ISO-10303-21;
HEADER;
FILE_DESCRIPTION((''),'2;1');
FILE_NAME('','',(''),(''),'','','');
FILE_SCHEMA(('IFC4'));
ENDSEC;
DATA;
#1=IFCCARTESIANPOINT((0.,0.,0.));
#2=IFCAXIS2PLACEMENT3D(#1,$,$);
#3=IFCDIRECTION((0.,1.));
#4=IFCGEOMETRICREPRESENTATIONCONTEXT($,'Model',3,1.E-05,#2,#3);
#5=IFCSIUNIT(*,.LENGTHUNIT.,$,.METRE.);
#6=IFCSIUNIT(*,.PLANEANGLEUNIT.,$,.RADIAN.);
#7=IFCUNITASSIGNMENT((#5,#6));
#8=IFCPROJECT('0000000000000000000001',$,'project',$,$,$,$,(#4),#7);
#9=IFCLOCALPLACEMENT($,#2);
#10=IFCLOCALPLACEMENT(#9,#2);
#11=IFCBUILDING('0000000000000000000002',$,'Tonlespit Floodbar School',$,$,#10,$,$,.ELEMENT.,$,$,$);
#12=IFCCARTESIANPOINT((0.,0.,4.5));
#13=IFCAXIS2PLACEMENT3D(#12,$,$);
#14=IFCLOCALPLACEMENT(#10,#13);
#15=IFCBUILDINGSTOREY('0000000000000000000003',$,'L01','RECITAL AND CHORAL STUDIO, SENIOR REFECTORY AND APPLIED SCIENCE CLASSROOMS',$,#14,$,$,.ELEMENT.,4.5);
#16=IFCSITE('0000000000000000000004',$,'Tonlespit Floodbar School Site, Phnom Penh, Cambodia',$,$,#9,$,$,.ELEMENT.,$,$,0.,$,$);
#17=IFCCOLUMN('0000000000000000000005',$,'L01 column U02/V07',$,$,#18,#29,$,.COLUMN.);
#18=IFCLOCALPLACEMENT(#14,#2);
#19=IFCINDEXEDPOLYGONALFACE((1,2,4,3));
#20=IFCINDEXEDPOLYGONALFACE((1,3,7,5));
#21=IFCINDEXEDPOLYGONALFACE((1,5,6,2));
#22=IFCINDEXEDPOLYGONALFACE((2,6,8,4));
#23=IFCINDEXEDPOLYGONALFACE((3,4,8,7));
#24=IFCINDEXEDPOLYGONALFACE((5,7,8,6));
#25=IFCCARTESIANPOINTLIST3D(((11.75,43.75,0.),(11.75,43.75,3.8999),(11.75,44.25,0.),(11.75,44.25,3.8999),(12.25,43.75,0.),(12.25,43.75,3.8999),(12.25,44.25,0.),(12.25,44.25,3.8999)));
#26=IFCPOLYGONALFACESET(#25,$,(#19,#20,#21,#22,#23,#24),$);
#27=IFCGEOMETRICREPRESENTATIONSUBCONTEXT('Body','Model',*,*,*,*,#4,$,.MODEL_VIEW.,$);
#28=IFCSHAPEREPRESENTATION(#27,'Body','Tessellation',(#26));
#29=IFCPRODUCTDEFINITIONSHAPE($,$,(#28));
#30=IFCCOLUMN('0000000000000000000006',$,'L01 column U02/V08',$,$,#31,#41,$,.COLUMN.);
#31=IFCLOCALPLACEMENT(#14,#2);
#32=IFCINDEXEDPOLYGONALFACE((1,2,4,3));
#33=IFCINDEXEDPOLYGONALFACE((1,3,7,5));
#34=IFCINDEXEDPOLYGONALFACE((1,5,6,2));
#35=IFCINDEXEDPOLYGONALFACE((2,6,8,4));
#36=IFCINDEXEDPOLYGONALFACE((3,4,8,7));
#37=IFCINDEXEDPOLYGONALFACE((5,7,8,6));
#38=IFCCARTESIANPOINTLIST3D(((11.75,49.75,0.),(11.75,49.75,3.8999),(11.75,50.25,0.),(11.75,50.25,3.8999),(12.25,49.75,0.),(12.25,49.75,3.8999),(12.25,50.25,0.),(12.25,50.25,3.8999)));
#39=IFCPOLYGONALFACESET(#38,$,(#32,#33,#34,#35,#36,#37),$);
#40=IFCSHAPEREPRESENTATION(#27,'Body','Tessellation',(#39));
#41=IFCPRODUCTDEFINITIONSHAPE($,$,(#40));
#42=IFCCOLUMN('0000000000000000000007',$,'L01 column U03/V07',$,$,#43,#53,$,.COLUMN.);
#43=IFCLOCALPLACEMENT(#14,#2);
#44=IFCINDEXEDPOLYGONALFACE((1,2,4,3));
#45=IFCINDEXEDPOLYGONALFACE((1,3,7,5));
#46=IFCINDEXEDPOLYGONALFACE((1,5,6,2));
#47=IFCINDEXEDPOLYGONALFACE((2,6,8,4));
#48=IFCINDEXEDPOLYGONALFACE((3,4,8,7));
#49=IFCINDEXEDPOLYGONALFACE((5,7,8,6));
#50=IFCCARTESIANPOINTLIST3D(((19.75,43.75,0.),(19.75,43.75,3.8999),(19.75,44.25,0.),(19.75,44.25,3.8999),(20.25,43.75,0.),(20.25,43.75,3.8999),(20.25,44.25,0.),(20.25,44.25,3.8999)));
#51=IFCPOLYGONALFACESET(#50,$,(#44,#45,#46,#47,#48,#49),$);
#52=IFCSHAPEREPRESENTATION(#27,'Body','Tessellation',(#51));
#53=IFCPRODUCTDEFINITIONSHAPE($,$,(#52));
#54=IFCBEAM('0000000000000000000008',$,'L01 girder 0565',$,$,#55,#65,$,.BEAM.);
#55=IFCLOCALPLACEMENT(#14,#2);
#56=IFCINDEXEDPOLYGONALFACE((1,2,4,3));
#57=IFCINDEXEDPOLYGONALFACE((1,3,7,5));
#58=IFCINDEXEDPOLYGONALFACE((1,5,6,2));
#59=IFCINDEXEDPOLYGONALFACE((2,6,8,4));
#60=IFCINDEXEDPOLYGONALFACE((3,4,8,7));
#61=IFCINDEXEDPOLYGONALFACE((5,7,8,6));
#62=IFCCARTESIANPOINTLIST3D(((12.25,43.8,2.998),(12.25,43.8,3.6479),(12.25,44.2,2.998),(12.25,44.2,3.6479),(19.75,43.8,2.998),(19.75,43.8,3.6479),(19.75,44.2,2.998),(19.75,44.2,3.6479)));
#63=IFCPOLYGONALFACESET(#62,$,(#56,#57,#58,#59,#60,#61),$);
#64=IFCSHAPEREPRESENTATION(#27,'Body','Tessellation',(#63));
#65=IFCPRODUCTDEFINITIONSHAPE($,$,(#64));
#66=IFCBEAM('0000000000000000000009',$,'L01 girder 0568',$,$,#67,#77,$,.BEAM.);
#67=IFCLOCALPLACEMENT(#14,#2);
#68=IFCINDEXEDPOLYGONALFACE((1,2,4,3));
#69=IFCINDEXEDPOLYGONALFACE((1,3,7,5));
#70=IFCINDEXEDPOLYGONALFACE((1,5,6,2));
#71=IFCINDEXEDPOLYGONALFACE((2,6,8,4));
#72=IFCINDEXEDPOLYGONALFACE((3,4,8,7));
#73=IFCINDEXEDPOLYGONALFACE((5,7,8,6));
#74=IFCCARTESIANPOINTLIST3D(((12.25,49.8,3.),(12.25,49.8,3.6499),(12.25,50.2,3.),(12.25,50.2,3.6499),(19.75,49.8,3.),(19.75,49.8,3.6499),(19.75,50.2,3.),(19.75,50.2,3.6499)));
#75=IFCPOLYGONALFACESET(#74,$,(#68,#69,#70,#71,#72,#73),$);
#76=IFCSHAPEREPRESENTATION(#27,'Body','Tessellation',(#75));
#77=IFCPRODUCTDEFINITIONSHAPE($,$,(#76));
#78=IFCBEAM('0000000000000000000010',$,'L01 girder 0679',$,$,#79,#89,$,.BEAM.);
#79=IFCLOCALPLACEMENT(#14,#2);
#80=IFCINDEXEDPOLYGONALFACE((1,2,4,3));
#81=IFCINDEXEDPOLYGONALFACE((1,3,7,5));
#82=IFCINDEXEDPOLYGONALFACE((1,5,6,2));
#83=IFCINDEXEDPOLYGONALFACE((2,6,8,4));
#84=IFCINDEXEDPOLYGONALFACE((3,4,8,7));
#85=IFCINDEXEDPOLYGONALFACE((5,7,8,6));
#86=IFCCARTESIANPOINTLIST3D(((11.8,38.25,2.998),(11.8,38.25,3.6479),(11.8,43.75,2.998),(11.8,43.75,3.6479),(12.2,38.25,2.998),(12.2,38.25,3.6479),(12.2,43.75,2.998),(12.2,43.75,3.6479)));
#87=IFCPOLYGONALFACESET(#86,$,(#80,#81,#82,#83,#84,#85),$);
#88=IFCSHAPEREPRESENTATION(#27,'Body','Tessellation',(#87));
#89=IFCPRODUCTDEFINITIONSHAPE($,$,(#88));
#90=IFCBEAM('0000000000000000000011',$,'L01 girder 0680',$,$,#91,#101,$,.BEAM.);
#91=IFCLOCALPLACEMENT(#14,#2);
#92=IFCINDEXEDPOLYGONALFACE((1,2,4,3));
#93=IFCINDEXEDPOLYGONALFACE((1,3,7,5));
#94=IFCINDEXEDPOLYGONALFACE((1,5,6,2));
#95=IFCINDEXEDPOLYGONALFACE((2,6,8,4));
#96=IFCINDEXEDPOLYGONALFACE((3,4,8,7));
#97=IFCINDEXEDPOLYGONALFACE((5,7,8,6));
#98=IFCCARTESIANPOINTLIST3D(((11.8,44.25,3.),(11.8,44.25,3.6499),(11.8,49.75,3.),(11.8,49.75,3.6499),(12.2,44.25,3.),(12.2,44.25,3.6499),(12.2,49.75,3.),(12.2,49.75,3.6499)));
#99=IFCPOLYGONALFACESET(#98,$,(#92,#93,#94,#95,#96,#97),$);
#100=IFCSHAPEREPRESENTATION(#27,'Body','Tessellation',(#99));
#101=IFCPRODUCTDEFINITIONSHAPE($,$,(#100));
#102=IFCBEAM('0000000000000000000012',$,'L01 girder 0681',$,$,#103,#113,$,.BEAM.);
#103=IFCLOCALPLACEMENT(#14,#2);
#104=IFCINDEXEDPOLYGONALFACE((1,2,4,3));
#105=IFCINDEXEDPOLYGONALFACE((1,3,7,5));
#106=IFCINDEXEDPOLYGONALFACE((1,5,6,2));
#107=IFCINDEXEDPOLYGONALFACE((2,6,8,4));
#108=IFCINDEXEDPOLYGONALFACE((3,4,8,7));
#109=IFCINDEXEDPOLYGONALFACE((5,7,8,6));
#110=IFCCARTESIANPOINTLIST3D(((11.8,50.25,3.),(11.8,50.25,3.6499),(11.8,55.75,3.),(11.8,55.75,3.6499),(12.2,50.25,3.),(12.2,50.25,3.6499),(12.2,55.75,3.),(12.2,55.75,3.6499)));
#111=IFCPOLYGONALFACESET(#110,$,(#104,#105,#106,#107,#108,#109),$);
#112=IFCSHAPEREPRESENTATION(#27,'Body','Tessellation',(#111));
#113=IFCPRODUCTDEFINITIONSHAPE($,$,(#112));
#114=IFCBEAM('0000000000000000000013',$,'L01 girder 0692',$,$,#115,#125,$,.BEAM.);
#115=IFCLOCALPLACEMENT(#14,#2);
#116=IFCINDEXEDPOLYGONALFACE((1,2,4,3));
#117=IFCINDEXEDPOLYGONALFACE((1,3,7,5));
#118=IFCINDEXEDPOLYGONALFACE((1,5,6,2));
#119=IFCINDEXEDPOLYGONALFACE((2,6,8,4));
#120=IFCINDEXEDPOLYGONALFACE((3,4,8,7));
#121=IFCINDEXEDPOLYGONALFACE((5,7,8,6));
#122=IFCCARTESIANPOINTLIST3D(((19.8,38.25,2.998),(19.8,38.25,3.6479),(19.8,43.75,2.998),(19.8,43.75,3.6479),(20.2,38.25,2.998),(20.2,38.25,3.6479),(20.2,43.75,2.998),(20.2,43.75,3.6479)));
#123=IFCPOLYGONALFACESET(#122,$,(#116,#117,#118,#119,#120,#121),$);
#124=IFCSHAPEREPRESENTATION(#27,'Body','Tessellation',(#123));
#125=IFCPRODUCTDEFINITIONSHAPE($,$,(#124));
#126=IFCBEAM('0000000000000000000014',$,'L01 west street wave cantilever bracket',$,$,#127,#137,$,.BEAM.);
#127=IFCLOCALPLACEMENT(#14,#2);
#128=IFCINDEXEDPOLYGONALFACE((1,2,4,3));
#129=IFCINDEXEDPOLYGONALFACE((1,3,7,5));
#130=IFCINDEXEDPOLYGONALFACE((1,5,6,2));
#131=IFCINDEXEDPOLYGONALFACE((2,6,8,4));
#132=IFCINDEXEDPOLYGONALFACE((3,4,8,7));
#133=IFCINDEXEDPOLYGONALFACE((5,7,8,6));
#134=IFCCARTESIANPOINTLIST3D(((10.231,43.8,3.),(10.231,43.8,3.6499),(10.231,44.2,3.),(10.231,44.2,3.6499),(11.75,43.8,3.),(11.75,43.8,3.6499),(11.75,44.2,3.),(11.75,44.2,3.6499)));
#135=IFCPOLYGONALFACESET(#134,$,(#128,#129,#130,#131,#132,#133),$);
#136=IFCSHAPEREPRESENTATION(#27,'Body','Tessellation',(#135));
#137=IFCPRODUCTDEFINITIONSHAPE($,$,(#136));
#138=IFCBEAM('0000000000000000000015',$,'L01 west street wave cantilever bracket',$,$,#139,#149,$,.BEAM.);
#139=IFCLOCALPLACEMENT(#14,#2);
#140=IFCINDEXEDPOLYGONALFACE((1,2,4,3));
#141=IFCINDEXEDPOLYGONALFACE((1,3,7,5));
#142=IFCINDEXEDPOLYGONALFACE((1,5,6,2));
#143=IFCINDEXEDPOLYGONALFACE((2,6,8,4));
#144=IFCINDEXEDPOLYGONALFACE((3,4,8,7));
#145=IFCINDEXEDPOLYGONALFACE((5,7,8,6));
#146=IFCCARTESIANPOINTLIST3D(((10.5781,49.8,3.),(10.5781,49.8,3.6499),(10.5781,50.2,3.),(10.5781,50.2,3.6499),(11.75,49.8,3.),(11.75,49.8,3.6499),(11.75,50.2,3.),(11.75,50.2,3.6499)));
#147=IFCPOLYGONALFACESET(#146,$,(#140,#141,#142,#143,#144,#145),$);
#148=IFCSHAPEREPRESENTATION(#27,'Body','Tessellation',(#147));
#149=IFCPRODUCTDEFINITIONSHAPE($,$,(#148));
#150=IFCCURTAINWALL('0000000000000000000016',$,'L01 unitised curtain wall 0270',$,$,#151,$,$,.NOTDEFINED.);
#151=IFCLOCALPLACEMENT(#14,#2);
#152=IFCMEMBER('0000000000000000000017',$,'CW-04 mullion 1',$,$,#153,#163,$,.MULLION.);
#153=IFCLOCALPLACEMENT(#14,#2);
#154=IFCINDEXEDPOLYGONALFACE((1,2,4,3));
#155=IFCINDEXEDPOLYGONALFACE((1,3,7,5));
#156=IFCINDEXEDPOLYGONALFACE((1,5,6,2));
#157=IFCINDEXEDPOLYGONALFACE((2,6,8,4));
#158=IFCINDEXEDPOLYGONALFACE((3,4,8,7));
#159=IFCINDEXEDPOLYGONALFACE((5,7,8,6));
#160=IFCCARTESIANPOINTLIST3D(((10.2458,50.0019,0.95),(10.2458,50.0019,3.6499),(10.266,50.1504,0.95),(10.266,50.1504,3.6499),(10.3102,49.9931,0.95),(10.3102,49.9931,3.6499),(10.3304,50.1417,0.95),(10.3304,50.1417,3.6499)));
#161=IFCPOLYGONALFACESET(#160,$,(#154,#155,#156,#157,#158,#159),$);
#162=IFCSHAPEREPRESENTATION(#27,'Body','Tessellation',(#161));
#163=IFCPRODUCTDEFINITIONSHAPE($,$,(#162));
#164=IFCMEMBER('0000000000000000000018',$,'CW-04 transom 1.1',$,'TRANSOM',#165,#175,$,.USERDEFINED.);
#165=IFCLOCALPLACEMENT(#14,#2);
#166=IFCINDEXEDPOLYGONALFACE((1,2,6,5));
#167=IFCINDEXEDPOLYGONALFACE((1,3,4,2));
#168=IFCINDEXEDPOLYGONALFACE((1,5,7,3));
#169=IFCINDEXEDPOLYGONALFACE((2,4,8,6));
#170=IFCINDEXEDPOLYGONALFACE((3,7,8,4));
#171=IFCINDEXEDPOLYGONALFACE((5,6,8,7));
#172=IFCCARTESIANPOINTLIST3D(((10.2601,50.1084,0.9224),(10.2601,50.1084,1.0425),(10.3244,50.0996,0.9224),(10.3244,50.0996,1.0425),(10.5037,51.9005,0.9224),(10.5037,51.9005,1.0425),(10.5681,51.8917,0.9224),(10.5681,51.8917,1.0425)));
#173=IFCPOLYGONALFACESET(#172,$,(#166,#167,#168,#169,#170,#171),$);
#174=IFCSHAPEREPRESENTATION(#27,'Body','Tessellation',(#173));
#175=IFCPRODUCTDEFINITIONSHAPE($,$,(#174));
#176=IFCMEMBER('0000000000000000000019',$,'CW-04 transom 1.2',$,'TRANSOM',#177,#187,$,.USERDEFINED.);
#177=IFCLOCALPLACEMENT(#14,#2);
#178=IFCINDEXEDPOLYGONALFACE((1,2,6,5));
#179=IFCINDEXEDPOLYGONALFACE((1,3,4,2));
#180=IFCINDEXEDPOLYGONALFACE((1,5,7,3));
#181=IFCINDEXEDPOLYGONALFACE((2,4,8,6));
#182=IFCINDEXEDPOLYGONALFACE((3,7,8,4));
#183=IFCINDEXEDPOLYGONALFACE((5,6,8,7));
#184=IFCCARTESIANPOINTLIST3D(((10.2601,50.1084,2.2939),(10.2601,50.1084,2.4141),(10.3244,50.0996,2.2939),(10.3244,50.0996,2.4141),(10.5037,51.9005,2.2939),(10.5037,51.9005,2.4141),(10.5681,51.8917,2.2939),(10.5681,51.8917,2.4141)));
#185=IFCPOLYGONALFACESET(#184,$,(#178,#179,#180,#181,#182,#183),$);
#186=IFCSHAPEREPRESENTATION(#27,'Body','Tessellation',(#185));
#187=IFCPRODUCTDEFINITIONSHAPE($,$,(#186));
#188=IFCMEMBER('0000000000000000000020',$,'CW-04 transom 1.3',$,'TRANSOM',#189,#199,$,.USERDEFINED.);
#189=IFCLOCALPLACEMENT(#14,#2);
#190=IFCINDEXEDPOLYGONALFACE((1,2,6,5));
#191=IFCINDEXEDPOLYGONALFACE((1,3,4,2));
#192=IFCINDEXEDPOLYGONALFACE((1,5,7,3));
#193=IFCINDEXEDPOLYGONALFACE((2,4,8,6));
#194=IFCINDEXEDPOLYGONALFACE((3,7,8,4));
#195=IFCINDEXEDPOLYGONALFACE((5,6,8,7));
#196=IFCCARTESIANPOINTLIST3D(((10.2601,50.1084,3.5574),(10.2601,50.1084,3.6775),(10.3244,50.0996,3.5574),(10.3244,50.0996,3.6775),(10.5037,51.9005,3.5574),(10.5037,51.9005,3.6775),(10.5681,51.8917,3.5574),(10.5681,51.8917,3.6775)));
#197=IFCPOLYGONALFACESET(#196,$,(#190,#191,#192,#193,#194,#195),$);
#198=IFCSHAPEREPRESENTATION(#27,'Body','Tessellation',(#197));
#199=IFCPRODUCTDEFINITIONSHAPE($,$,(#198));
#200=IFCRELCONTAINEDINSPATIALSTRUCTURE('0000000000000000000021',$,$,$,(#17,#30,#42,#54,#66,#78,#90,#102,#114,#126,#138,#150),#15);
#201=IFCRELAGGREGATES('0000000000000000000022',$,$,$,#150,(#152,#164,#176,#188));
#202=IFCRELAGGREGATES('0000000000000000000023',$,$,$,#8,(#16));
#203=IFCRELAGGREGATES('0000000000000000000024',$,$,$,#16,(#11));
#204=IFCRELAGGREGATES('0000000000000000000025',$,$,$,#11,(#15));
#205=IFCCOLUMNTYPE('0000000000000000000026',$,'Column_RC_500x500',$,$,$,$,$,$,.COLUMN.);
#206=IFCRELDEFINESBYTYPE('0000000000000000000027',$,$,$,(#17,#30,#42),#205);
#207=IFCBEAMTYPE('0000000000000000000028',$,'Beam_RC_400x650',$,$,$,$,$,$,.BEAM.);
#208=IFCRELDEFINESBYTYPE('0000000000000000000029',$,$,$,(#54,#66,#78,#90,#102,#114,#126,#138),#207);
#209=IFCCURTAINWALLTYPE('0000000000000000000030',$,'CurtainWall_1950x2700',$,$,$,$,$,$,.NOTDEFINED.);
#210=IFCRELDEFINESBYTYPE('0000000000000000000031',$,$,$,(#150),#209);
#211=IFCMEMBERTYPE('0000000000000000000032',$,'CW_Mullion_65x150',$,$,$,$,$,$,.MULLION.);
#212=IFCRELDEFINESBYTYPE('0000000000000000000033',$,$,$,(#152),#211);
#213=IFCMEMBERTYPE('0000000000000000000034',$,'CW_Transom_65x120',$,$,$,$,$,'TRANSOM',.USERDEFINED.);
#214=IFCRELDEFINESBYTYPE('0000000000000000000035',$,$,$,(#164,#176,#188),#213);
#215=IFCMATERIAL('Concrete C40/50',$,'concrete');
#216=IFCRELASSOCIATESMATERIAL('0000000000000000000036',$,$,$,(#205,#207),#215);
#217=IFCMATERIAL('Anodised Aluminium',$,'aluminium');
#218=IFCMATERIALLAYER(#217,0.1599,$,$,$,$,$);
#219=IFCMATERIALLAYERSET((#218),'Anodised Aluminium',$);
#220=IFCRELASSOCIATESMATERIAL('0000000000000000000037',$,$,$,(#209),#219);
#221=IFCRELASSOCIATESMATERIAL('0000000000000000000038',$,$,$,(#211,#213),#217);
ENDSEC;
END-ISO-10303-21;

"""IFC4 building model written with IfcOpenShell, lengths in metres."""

from ifc_helpers import new_model, si_unit, direction, frame, origin, origin_2d, place, context, subcontext, project, spatial, rectangle, extrude, material, layer, layer_set, material_profile, profile_set, type_object, element, aggregate, save


model = new_model("IFC4")

# Units and contexts
model_context = context("Model", 3, precision=1e-05, world=origin(), true_north=direction((0.0, 1.0)))
body_context = subcontext(model_context, "Body", "Model", "MODEL_VIEW")
ifc_project = project(units=[si_unit("LENGTHUNIT", "METRE"), si_unit("PLANEANGLEUNIT", "RADIAN")], contexts=[model_context])

# Site, building, storey
site_placement = place(None, origin())
site = spatial("IfcSite", under=ifc_project, at=site_placement, Name="Tonlespit Floodbar School Site, Phnom Penh, Cambodia", CompositionType="ELEMENT", RefElevation=0.0)
building_placement = place(site_placement, origin())
building = spatial("IfcBuilding", under=site, at=building_placement, Name="Tonlespit Floodbar School", CompositionType="ELEMENT")
storey_placement = place(building_placement, frame((0.0, 0.0, 4.5)))
storey = spatial("IfcBuildingStorey", under=building, at=storey_placement, Name="L01", Description="RECITAL AND CHORAL STUDIO, SENIOR REFECTORY AND APPLIED SCIENCE CLASSROOMS", CompositionType="ELEMENT", Elevation=4.5)

# Columns
ifc_material_1 = material(Name="Concrete C40/50", Category="concrete")
ifc_material_profile_1 = material_profile(ifc_material_1, rectangle(XDim=0.5, YDim=0.5, at=origin_2d()), Name="RC 500x500")
ifc_profile_set_1 = profile_set([ifc_material_profile_1], Name="Concrete C40/50")
column_type = type_object("IfcColumnType", Name="Column_RC_500x500", PredefinedType="COLUMN", material=ifc_profile_set_1)
for number, where, z_axis, x_axis, name in (
    (1, (12.0, 44.0, 0.0), (0.0, 0.0, 1.0), (1.0, 0.0, 0.0), "L01 column U02/V07"),
    (2, (12.0, 50.0, 0.0), (0.0, 0.0, 1.0), (1.0, 0.0, 0.0), "L01 column U02/V08"),
    (3, (20.0, 44.0, 0.0), (0.0, 0.0, 1.0), (1.0, 0.0, 0.0), "L01 column U03/V07"),
):
    element("IfcColumn", number, at=place(storey_placement, frame(where, z_axis=z_axis, x_axis=x_axis)), inside=storey, type_object=column_type, Name=name, PredefinedType="COLUMN", context=body_context, shape_type="SweptSolid", body=[
        extrude(rectangle(XDim=0.5, YDim=0.5, at=origin_2d()), origin(), (0.0, 0.0, 1.0), 3.8999),
    ])

# Beams
ifc_material_profile_2 = material_profile(ifc_material_1, rectangle(XDim=0.3999, YDim=0.6499, at=origin_2d()), Name="RC 400x650")
ifc_profile_set_2 = profile_set([ifc_material_profile_2], Name="Concrete C40/50")
beam_type_1 = type_object("IfcBeamType", Name="Beam_RC_400x650", PredefinedType="BEAM", material=ifc_profile_set_2)
for number, where, z_axis, x_axis, name in (
    (4, (12.25, 44.0, 3.323), (1.0, 0.0, 0.0), (0.0, 1.0, 0.0), "L01 girder 0565"),
    (5, (12.25, 50.0, 3.325), (1.0, 0.0, 0.0), (0.0, 1.0, 0.0), "L01 girder 0568"),
):
    element("IfcBeam", number, at=place(storey_placement, frame(where, z_axis=z_axis, x_axis=x_axis)), inside=storey, type_object=beam_type_1, Name=name, PredefinedType="BEAM", context=body_context, shape_type="SweptSolid", body=[
        extrude(rectangle(XDim=0.3999, YDim=0.6499, at=origin_2d()), origin(), (0.0, 0.0, 1.0), 7.5),
    ])
for number, where, z_axis, x_axis, name in (
    (6, (12.0, 38.25, 3.323), (0.0, 1.0, 0.0), (-1.0, 0.0, 0.0), "L01 girder 0679"),
    (7, (12.0, 44.25, 3.325), (0.0, 1.0, 0.0), (-1.0, 0.0, 0.0), "L01 girder 0680"),
    (8, (12.0, 50.25, 3.325), (0.0, 1.0, 0.0), (-1.0, 0.0, 0.0), "L01 girder 0681"),
    (9, (20.0, 38.25, 3.323), (0.0, 1.0, 0.0), (-1.0, 0.0, 0.0), "L01 girder 0692"),
):
    element("IfcBeam", number, at=place(storey_placement, frame(where, z_axis=z_axis, x_axis=x_axis)), inside=storey, type_object=beam_type_1, Name=name, PredefinedType="BEAM", context=body_context, shape_type="SweptSolid", body=[
        extrude(rectangle(XDim=0.3999, YDim=0.6499, at=origin_2d()), origin(), (0.0, 0.0, 1.0), 5.5),
    ])
beam_1_placement = place(storey_placement, frame((11.75, 44.0, 3.325), z_axis=(-1.0, 0.0, 0.0), x_axis=(0.0, -1.0, 0.0)))
element("IfcBeam", 10, at=beam_1_placement, inside=storey, type_object=beam_type_1, Name="L01 west street wave cantilever bracket", PredefinedType="BEAM", context=body_context, shape_type="SweptSolid", body=[
    extrude(rectangle(XDim=0.3999, YDim=0.6499, at=origin_2d()), origin(), (0.0, 0.0, 1.0), 1.519),
])
beam_2_placement = place(storey_placement, frame((11.75, 50.0, 3.325), z_axis=(-1.0, 0.0, 0.0), x_axis=(0.0, -1.0, 0.0)))
element("IfcBeam", 11, at=beam_2_placement, inside=storey, type_object=beam_type_1, Name="L01 west street wave cantilever bracket", PredefinedType="BEAM", context=body_context, shape_type="SweptSolid", body=[
    extrude(rectangle(XDim=0.3999, YDim=0.6499, at=origin_2d()), origin(), (0.0, 0.0, 1.0), 1.1719),
])

# Curtain wall, members
ifc_material_2 = material(Name="Anodised Aluminium", Category="aluminium")
ifc_layer_1 = layer(ifc_material_2, 0.1599)
ifc_layer_set_1 = layer_set([ifc_layer_1], Name="Anodised Aluminium")
curtain_wall_type = type_object("IfcCurtainWallType", Name="CurtainWall_1950x2700", PredefinedType="NOTDEFINED", material=ifc_layer_set_1)
curtain_wall_placement = place(storey_placement, origin())
curtain_wall = element("IfcCurtainWall", 12, at=curtain_wall_placement, inside=storey, type_object=curtain_wall_type, Name="L01 unitised curtain wall 0270", PredefinedType="NOTDEFINED")
ifc_material_profile_3 = material_profile(ifc_material_2, rectangle(XDim=0.0649, YDim=0.1499, at=origin_2d()), Name="ALU M65x150")
ifc_profile_set_3 = profile_set([ifc_material_profile_3], Name="Anodised Aluminium")
member_type_1 = type_object("IfcMemberType", Name="CW_Mullion_65x150", PredefinedType="MULLION", material=ifc_profile_set_3)
member_1_placement = place(storey_placement, frame((10.2881, 50.0718, 0.95), z_axis=(0.0, 0.0, 1.0), x_axis=(-0.990894, 0.134644, 0.0)))
member_1 = element("IfcMember", 13, at=member_1_placement, type_object=member_type_1, Name="CW-04 mullion 1", PredefinedType="MULLION", context=body_context, shape_type="SweptSolid", body=[
    extrude(rectangle(XDim=0.0649, YDim=0.1499, at=origin_2d()), origin(), (0.0, 0.0, 1.0), 2.7),
])
ifc_material_profile_4 = material_profile(ifc_material_2, rectangle(XDim=0.0649, YDim=0.1201, at=origin_2d()), Name="ALU T65x120")
ifc_profile_set_4 = profile_set([ifc_material_profile_4], Name="Anodised Aluminium")
member_type_2 = type_object("IfcMemberType", Name="CW_Transom_65x120", ElementType="TRANSOM", PredefinedType="USERDEFINED", material=ifc_profile_set_4)
member_2_placement = place(storey_placement, frame((10.2922, 50.104, 0.9824), z_axis=(0.134728, 0.990883, 0.0), x_axis=(-0.990883, 0.134728, 0.0)))
member_2 = element("IfcMember", 14, at=member_2_placement, type_object=member_type_2, Name="CW-04 transom 1.1", ObjectType="TRANSOM", PredefinedType="USERDEFINED", context=body_context, shape_type="SweptSolid", body=[
    extrude(rectangle(XDim=0.0649, YDim=0.1201, at=origin_2d()), origin(), (0.0, 0.0, 1.0), 1.8086),
])
member_3_placement = place(storey_placement, frame((10.2922, 50.104, 2.354), z_axis=(0.134728, 0.990883, 0.0), x_axis=(-0.990883, 0.134728, 0.0)))
member_3 = element("IfcMember", 15, at=member_3_placement, type_object=member_type_2, Name="CW-04 transom 1.2", ObjectType="TRANSOM", PredefinedType="USERDEFINED", context=body_context, shape_type="SweptSolid", body=[
    extrude(rectangle(XDim=0.0649, YDim=0.1201, at=origin_2d()), origin(), (0.0, 0.0, 1.0), 1.8086),
])
member_4_placement = place(storey_placement, frame((10.2922, 50.104, 3.6174), z_axis=(0.134728, 0.990883, 0.0), x_axis=(-0.990883, 0.134728, 0.0)))
member_4 = element("IfcMember", 16, at=member_4_placement, type_object=member_type_2, Name="CW-04 transom 1.3", ObjectType="TRANSOM", PredefinedType="USERDEFINED", context=body_context, shape_type="SweptSolid", body=[
    extrude(rectangle(XDim=0.0649, YDim=0.1201, at=origin_2d()), origin(), (0.0, 0.0, 1.0), 1.8086),
])

aggregate(curtain_wall, [member_1, member_2, member_3, member_4])

save(model, "model.ifc")
